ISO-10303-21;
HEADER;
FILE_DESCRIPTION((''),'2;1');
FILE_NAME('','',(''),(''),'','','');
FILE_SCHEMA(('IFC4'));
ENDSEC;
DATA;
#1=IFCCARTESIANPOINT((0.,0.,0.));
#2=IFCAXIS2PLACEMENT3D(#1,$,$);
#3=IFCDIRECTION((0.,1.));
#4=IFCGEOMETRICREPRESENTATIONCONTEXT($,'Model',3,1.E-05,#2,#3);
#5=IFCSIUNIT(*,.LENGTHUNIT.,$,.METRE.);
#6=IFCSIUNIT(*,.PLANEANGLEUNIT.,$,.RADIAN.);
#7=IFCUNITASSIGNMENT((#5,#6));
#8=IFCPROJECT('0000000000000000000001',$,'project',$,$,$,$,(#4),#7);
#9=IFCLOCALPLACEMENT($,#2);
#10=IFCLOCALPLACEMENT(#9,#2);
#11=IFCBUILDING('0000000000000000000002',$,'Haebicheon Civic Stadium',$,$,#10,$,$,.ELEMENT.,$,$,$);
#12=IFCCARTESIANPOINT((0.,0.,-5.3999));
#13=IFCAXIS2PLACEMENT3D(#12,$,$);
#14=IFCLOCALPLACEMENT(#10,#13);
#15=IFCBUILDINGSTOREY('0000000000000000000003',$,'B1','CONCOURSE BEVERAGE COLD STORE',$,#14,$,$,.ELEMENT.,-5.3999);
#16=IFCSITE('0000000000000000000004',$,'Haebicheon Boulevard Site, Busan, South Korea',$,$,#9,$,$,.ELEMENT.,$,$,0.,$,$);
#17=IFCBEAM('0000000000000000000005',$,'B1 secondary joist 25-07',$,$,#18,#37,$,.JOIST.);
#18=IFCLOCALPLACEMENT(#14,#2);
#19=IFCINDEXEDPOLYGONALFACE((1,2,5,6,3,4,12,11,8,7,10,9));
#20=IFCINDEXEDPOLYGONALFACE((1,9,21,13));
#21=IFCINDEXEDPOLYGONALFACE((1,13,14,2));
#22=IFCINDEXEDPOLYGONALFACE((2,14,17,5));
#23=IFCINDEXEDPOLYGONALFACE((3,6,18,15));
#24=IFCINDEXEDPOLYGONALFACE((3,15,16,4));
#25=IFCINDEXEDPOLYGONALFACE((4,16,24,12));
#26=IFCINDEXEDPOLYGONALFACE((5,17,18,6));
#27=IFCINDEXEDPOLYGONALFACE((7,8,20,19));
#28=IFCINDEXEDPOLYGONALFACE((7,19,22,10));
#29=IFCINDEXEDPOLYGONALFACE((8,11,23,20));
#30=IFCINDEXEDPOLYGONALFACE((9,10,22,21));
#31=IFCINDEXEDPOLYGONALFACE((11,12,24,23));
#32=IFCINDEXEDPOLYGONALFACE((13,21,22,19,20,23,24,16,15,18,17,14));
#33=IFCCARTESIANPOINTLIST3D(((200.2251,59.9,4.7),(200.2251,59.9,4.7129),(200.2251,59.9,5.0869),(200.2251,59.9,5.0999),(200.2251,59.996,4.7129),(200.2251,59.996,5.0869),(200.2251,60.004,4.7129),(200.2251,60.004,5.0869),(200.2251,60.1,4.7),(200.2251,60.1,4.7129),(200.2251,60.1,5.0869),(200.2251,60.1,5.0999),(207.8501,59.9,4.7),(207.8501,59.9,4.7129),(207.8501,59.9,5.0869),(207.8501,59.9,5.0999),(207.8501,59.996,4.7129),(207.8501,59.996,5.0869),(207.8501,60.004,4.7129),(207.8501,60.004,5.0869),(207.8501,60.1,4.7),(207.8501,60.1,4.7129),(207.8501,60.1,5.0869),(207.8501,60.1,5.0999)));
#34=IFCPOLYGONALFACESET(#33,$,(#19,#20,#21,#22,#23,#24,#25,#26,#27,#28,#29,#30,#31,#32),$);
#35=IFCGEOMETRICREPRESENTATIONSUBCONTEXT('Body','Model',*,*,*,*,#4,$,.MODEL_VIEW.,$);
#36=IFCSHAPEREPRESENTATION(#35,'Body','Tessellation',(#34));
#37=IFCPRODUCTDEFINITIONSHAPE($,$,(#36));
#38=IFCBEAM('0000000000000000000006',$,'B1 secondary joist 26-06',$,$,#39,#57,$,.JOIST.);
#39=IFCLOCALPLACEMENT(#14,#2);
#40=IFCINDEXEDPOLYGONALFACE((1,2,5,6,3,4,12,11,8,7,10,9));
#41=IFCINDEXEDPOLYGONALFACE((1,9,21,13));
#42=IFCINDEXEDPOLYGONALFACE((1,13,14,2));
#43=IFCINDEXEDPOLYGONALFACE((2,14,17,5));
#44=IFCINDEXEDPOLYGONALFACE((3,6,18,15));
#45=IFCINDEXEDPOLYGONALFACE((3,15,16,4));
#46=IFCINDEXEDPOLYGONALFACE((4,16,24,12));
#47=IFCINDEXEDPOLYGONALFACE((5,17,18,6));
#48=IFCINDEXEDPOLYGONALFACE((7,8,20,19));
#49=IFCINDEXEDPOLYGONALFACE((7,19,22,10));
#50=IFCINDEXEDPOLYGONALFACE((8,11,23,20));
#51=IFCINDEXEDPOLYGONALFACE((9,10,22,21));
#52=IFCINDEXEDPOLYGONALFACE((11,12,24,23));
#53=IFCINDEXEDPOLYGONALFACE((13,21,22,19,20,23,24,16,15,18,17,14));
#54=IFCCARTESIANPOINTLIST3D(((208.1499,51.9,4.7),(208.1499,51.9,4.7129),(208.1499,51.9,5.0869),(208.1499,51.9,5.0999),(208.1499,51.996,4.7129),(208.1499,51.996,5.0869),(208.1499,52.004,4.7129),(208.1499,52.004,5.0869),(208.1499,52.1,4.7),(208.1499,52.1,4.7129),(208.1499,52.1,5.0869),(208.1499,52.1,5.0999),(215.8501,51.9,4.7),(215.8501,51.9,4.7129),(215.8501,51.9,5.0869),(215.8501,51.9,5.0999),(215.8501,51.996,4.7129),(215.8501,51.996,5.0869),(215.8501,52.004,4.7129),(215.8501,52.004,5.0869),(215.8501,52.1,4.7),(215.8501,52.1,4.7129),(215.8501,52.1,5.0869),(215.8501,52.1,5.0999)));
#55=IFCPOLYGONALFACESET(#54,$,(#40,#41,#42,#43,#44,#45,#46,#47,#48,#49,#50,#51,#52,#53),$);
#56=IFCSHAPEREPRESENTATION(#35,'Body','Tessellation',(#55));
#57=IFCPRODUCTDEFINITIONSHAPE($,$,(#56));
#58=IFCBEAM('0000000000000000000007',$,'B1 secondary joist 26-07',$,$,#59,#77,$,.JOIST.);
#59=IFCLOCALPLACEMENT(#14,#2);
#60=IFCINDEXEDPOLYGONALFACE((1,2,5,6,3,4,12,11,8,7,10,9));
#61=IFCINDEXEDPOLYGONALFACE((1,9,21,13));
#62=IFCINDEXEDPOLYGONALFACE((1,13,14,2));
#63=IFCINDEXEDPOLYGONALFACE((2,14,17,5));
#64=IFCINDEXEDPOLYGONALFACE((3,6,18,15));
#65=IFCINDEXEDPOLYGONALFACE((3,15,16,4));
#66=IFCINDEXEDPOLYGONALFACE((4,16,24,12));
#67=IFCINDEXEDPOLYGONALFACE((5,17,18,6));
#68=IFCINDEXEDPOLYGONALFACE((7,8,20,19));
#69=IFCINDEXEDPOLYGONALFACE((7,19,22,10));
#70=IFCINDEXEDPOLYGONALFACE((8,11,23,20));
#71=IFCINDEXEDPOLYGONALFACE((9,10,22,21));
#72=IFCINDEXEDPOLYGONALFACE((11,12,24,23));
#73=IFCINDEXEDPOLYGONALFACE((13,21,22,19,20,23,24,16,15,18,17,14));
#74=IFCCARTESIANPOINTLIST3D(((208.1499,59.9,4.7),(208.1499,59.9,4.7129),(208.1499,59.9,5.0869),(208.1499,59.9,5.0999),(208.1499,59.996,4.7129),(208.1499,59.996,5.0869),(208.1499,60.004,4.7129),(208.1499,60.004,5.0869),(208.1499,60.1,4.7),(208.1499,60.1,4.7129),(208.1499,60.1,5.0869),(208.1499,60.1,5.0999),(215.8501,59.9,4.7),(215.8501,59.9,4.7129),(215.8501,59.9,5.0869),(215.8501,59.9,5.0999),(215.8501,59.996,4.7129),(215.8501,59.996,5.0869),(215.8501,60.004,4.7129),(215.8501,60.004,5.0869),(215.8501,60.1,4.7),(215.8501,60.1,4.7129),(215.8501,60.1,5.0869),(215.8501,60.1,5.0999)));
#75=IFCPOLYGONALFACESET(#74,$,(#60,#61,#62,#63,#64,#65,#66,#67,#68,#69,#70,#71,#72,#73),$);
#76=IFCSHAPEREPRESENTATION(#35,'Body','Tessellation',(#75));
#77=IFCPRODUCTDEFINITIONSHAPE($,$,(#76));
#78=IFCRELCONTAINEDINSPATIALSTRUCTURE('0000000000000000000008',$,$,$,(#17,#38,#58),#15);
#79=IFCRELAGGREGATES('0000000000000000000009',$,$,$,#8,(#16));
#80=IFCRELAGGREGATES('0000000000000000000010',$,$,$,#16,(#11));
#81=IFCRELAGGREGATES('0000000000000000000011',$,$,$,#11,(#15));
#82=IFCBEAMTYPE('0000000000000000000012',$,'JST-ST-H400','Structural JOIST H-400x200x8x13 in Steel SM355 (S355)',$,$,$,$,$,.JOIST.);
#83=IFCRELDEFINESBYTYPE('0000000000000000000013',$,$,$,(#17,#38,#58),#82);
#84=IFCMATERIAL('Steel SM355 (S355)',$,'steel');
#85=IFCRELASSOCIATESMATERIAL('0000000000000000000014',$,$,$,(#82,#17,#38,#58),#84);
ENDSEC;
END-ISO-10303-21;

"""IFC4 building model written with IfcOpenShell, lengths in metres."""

from ifc_helpers import new_model, si_unit, direction, frame, origin, origin_2d, place, context, subcontext, project, spatial, i_section, extrude, material, material_profile, profile_set, type_object, element, save


model = new_model("IFC4")

# Units and contexts
model_context = context("Model", 3, precision=1e-05, world=origin(), true_north=direction((0.0, 1.0)))
body_context = subcontext(model_context, "Body", "Model", "MODEL_VIEW")
ifc_project = project(units=[si_unit("LENGTHUNIT", "METRE"), si_unit("PLANEANGLEUNIT", "RADIAN")], contexts=[model_context])

# Site, building, storey
site_placement = place(None, origin())
site = spatial("IfcSite", under=ifc_project, at=site_placement, Name="Haebicheon Boulevard Site, Busan, South Korea", CompositionType="ELEMENT", RefElevation=0.0)
building_placement = place(site_placement, origin())
building = spatial("IfcBuilding", under=site, at=building_placement, Name="Haebicheon Civic Stadium", CompositionType="ELEMENT")
storey_placement = place(building_placement, frame((0.0, 0.0, -5.3999)))
storey = spatial("IfcBuildingStorey", under=building, at=storey_placement, Name="B1", Description="CONCOURSE BEVERAGE COLD STORE", CompositionType="ELEMENT", Elevation=-5.3999)

# Beams
ifc_material_1 = material(Name="Steel SM355 (S355)", Category="steel")
ifc_material_profile_1 = material_profile(ifc_material_1, i_section(OverallWidth=0.2, OverallDepth=0.3999, WebThickness=0.0081, FlangeThickness=0.0129, at=origin_2d()), Name="H-400x200x8x13")
ifc_profile_set_1 = profile_set([ifc_material_profile_1], Name="Steel SM355 (S355)")
beam_type_1 = type_object("IfcBeamType", Name="JST-ST-H400", Description="Structural JOIST H-400x200x8x13 in Steel SM355 (S355)", PredefinedType="JOIST", material=ifc_profile_set_1)
beam_1_placement = place(storey_placement, frame((200.2251, 60.0, 4.8999), z_axis=(1.0, 0.0, 0.0), x_axis=(0.0, 1.0, 0.0)))
element("IfcBeam", 1, at=beam_1_placement, inside=storey, type_object=beam_type_1, material=ifc_profile_set_1, Name="B1 secondary joist 25-07", PredefinedType="JOIST", context=body_context, shape_type="SweptSolid", body=[
    extrude(i_section(OverallWidth=0.2, OverallDepth=0.3999, WebThickness=0.0081, FlangeThickness=0.0129, at=origin_2d()), origin(), (0.0, 0.0, 1.0), 7.625),
])
for number, where, z_axis, x_axis, name in (
    (2, (208.1499, 52.0, 4.8999), (1.0, 0.0, 0.0), (0.0, 1.0, 0.0), "B1 secondary joist 26-06"),
    (3, (208.1499, 60.0, 4.8999), (1.0, 0.0, 0.0), (0.0, 1.0, 0.0), "B1 secondary joist 26-07"),
):
    element("IfcBeam", number, at=place(storey_placement, frame(where, z_axis=z_axis, x_axis=x_axis)), inside=storey, type_object=beam_type_1, material=ifc_profile_set_1, Name=name, PredefinedType="JOIST", context=body_context, shape_type="SweptSolid", body=[
        extrude(i_section(OverallWidth=0.2, OverallDepth=0.3999, WebThickness=0.0081, FlangeThickness=0.0129, at=origin_2d()), origin(), (0.0, 0.0, 1.0), 7.7002),
    ])

save(model, "model.ifc")
